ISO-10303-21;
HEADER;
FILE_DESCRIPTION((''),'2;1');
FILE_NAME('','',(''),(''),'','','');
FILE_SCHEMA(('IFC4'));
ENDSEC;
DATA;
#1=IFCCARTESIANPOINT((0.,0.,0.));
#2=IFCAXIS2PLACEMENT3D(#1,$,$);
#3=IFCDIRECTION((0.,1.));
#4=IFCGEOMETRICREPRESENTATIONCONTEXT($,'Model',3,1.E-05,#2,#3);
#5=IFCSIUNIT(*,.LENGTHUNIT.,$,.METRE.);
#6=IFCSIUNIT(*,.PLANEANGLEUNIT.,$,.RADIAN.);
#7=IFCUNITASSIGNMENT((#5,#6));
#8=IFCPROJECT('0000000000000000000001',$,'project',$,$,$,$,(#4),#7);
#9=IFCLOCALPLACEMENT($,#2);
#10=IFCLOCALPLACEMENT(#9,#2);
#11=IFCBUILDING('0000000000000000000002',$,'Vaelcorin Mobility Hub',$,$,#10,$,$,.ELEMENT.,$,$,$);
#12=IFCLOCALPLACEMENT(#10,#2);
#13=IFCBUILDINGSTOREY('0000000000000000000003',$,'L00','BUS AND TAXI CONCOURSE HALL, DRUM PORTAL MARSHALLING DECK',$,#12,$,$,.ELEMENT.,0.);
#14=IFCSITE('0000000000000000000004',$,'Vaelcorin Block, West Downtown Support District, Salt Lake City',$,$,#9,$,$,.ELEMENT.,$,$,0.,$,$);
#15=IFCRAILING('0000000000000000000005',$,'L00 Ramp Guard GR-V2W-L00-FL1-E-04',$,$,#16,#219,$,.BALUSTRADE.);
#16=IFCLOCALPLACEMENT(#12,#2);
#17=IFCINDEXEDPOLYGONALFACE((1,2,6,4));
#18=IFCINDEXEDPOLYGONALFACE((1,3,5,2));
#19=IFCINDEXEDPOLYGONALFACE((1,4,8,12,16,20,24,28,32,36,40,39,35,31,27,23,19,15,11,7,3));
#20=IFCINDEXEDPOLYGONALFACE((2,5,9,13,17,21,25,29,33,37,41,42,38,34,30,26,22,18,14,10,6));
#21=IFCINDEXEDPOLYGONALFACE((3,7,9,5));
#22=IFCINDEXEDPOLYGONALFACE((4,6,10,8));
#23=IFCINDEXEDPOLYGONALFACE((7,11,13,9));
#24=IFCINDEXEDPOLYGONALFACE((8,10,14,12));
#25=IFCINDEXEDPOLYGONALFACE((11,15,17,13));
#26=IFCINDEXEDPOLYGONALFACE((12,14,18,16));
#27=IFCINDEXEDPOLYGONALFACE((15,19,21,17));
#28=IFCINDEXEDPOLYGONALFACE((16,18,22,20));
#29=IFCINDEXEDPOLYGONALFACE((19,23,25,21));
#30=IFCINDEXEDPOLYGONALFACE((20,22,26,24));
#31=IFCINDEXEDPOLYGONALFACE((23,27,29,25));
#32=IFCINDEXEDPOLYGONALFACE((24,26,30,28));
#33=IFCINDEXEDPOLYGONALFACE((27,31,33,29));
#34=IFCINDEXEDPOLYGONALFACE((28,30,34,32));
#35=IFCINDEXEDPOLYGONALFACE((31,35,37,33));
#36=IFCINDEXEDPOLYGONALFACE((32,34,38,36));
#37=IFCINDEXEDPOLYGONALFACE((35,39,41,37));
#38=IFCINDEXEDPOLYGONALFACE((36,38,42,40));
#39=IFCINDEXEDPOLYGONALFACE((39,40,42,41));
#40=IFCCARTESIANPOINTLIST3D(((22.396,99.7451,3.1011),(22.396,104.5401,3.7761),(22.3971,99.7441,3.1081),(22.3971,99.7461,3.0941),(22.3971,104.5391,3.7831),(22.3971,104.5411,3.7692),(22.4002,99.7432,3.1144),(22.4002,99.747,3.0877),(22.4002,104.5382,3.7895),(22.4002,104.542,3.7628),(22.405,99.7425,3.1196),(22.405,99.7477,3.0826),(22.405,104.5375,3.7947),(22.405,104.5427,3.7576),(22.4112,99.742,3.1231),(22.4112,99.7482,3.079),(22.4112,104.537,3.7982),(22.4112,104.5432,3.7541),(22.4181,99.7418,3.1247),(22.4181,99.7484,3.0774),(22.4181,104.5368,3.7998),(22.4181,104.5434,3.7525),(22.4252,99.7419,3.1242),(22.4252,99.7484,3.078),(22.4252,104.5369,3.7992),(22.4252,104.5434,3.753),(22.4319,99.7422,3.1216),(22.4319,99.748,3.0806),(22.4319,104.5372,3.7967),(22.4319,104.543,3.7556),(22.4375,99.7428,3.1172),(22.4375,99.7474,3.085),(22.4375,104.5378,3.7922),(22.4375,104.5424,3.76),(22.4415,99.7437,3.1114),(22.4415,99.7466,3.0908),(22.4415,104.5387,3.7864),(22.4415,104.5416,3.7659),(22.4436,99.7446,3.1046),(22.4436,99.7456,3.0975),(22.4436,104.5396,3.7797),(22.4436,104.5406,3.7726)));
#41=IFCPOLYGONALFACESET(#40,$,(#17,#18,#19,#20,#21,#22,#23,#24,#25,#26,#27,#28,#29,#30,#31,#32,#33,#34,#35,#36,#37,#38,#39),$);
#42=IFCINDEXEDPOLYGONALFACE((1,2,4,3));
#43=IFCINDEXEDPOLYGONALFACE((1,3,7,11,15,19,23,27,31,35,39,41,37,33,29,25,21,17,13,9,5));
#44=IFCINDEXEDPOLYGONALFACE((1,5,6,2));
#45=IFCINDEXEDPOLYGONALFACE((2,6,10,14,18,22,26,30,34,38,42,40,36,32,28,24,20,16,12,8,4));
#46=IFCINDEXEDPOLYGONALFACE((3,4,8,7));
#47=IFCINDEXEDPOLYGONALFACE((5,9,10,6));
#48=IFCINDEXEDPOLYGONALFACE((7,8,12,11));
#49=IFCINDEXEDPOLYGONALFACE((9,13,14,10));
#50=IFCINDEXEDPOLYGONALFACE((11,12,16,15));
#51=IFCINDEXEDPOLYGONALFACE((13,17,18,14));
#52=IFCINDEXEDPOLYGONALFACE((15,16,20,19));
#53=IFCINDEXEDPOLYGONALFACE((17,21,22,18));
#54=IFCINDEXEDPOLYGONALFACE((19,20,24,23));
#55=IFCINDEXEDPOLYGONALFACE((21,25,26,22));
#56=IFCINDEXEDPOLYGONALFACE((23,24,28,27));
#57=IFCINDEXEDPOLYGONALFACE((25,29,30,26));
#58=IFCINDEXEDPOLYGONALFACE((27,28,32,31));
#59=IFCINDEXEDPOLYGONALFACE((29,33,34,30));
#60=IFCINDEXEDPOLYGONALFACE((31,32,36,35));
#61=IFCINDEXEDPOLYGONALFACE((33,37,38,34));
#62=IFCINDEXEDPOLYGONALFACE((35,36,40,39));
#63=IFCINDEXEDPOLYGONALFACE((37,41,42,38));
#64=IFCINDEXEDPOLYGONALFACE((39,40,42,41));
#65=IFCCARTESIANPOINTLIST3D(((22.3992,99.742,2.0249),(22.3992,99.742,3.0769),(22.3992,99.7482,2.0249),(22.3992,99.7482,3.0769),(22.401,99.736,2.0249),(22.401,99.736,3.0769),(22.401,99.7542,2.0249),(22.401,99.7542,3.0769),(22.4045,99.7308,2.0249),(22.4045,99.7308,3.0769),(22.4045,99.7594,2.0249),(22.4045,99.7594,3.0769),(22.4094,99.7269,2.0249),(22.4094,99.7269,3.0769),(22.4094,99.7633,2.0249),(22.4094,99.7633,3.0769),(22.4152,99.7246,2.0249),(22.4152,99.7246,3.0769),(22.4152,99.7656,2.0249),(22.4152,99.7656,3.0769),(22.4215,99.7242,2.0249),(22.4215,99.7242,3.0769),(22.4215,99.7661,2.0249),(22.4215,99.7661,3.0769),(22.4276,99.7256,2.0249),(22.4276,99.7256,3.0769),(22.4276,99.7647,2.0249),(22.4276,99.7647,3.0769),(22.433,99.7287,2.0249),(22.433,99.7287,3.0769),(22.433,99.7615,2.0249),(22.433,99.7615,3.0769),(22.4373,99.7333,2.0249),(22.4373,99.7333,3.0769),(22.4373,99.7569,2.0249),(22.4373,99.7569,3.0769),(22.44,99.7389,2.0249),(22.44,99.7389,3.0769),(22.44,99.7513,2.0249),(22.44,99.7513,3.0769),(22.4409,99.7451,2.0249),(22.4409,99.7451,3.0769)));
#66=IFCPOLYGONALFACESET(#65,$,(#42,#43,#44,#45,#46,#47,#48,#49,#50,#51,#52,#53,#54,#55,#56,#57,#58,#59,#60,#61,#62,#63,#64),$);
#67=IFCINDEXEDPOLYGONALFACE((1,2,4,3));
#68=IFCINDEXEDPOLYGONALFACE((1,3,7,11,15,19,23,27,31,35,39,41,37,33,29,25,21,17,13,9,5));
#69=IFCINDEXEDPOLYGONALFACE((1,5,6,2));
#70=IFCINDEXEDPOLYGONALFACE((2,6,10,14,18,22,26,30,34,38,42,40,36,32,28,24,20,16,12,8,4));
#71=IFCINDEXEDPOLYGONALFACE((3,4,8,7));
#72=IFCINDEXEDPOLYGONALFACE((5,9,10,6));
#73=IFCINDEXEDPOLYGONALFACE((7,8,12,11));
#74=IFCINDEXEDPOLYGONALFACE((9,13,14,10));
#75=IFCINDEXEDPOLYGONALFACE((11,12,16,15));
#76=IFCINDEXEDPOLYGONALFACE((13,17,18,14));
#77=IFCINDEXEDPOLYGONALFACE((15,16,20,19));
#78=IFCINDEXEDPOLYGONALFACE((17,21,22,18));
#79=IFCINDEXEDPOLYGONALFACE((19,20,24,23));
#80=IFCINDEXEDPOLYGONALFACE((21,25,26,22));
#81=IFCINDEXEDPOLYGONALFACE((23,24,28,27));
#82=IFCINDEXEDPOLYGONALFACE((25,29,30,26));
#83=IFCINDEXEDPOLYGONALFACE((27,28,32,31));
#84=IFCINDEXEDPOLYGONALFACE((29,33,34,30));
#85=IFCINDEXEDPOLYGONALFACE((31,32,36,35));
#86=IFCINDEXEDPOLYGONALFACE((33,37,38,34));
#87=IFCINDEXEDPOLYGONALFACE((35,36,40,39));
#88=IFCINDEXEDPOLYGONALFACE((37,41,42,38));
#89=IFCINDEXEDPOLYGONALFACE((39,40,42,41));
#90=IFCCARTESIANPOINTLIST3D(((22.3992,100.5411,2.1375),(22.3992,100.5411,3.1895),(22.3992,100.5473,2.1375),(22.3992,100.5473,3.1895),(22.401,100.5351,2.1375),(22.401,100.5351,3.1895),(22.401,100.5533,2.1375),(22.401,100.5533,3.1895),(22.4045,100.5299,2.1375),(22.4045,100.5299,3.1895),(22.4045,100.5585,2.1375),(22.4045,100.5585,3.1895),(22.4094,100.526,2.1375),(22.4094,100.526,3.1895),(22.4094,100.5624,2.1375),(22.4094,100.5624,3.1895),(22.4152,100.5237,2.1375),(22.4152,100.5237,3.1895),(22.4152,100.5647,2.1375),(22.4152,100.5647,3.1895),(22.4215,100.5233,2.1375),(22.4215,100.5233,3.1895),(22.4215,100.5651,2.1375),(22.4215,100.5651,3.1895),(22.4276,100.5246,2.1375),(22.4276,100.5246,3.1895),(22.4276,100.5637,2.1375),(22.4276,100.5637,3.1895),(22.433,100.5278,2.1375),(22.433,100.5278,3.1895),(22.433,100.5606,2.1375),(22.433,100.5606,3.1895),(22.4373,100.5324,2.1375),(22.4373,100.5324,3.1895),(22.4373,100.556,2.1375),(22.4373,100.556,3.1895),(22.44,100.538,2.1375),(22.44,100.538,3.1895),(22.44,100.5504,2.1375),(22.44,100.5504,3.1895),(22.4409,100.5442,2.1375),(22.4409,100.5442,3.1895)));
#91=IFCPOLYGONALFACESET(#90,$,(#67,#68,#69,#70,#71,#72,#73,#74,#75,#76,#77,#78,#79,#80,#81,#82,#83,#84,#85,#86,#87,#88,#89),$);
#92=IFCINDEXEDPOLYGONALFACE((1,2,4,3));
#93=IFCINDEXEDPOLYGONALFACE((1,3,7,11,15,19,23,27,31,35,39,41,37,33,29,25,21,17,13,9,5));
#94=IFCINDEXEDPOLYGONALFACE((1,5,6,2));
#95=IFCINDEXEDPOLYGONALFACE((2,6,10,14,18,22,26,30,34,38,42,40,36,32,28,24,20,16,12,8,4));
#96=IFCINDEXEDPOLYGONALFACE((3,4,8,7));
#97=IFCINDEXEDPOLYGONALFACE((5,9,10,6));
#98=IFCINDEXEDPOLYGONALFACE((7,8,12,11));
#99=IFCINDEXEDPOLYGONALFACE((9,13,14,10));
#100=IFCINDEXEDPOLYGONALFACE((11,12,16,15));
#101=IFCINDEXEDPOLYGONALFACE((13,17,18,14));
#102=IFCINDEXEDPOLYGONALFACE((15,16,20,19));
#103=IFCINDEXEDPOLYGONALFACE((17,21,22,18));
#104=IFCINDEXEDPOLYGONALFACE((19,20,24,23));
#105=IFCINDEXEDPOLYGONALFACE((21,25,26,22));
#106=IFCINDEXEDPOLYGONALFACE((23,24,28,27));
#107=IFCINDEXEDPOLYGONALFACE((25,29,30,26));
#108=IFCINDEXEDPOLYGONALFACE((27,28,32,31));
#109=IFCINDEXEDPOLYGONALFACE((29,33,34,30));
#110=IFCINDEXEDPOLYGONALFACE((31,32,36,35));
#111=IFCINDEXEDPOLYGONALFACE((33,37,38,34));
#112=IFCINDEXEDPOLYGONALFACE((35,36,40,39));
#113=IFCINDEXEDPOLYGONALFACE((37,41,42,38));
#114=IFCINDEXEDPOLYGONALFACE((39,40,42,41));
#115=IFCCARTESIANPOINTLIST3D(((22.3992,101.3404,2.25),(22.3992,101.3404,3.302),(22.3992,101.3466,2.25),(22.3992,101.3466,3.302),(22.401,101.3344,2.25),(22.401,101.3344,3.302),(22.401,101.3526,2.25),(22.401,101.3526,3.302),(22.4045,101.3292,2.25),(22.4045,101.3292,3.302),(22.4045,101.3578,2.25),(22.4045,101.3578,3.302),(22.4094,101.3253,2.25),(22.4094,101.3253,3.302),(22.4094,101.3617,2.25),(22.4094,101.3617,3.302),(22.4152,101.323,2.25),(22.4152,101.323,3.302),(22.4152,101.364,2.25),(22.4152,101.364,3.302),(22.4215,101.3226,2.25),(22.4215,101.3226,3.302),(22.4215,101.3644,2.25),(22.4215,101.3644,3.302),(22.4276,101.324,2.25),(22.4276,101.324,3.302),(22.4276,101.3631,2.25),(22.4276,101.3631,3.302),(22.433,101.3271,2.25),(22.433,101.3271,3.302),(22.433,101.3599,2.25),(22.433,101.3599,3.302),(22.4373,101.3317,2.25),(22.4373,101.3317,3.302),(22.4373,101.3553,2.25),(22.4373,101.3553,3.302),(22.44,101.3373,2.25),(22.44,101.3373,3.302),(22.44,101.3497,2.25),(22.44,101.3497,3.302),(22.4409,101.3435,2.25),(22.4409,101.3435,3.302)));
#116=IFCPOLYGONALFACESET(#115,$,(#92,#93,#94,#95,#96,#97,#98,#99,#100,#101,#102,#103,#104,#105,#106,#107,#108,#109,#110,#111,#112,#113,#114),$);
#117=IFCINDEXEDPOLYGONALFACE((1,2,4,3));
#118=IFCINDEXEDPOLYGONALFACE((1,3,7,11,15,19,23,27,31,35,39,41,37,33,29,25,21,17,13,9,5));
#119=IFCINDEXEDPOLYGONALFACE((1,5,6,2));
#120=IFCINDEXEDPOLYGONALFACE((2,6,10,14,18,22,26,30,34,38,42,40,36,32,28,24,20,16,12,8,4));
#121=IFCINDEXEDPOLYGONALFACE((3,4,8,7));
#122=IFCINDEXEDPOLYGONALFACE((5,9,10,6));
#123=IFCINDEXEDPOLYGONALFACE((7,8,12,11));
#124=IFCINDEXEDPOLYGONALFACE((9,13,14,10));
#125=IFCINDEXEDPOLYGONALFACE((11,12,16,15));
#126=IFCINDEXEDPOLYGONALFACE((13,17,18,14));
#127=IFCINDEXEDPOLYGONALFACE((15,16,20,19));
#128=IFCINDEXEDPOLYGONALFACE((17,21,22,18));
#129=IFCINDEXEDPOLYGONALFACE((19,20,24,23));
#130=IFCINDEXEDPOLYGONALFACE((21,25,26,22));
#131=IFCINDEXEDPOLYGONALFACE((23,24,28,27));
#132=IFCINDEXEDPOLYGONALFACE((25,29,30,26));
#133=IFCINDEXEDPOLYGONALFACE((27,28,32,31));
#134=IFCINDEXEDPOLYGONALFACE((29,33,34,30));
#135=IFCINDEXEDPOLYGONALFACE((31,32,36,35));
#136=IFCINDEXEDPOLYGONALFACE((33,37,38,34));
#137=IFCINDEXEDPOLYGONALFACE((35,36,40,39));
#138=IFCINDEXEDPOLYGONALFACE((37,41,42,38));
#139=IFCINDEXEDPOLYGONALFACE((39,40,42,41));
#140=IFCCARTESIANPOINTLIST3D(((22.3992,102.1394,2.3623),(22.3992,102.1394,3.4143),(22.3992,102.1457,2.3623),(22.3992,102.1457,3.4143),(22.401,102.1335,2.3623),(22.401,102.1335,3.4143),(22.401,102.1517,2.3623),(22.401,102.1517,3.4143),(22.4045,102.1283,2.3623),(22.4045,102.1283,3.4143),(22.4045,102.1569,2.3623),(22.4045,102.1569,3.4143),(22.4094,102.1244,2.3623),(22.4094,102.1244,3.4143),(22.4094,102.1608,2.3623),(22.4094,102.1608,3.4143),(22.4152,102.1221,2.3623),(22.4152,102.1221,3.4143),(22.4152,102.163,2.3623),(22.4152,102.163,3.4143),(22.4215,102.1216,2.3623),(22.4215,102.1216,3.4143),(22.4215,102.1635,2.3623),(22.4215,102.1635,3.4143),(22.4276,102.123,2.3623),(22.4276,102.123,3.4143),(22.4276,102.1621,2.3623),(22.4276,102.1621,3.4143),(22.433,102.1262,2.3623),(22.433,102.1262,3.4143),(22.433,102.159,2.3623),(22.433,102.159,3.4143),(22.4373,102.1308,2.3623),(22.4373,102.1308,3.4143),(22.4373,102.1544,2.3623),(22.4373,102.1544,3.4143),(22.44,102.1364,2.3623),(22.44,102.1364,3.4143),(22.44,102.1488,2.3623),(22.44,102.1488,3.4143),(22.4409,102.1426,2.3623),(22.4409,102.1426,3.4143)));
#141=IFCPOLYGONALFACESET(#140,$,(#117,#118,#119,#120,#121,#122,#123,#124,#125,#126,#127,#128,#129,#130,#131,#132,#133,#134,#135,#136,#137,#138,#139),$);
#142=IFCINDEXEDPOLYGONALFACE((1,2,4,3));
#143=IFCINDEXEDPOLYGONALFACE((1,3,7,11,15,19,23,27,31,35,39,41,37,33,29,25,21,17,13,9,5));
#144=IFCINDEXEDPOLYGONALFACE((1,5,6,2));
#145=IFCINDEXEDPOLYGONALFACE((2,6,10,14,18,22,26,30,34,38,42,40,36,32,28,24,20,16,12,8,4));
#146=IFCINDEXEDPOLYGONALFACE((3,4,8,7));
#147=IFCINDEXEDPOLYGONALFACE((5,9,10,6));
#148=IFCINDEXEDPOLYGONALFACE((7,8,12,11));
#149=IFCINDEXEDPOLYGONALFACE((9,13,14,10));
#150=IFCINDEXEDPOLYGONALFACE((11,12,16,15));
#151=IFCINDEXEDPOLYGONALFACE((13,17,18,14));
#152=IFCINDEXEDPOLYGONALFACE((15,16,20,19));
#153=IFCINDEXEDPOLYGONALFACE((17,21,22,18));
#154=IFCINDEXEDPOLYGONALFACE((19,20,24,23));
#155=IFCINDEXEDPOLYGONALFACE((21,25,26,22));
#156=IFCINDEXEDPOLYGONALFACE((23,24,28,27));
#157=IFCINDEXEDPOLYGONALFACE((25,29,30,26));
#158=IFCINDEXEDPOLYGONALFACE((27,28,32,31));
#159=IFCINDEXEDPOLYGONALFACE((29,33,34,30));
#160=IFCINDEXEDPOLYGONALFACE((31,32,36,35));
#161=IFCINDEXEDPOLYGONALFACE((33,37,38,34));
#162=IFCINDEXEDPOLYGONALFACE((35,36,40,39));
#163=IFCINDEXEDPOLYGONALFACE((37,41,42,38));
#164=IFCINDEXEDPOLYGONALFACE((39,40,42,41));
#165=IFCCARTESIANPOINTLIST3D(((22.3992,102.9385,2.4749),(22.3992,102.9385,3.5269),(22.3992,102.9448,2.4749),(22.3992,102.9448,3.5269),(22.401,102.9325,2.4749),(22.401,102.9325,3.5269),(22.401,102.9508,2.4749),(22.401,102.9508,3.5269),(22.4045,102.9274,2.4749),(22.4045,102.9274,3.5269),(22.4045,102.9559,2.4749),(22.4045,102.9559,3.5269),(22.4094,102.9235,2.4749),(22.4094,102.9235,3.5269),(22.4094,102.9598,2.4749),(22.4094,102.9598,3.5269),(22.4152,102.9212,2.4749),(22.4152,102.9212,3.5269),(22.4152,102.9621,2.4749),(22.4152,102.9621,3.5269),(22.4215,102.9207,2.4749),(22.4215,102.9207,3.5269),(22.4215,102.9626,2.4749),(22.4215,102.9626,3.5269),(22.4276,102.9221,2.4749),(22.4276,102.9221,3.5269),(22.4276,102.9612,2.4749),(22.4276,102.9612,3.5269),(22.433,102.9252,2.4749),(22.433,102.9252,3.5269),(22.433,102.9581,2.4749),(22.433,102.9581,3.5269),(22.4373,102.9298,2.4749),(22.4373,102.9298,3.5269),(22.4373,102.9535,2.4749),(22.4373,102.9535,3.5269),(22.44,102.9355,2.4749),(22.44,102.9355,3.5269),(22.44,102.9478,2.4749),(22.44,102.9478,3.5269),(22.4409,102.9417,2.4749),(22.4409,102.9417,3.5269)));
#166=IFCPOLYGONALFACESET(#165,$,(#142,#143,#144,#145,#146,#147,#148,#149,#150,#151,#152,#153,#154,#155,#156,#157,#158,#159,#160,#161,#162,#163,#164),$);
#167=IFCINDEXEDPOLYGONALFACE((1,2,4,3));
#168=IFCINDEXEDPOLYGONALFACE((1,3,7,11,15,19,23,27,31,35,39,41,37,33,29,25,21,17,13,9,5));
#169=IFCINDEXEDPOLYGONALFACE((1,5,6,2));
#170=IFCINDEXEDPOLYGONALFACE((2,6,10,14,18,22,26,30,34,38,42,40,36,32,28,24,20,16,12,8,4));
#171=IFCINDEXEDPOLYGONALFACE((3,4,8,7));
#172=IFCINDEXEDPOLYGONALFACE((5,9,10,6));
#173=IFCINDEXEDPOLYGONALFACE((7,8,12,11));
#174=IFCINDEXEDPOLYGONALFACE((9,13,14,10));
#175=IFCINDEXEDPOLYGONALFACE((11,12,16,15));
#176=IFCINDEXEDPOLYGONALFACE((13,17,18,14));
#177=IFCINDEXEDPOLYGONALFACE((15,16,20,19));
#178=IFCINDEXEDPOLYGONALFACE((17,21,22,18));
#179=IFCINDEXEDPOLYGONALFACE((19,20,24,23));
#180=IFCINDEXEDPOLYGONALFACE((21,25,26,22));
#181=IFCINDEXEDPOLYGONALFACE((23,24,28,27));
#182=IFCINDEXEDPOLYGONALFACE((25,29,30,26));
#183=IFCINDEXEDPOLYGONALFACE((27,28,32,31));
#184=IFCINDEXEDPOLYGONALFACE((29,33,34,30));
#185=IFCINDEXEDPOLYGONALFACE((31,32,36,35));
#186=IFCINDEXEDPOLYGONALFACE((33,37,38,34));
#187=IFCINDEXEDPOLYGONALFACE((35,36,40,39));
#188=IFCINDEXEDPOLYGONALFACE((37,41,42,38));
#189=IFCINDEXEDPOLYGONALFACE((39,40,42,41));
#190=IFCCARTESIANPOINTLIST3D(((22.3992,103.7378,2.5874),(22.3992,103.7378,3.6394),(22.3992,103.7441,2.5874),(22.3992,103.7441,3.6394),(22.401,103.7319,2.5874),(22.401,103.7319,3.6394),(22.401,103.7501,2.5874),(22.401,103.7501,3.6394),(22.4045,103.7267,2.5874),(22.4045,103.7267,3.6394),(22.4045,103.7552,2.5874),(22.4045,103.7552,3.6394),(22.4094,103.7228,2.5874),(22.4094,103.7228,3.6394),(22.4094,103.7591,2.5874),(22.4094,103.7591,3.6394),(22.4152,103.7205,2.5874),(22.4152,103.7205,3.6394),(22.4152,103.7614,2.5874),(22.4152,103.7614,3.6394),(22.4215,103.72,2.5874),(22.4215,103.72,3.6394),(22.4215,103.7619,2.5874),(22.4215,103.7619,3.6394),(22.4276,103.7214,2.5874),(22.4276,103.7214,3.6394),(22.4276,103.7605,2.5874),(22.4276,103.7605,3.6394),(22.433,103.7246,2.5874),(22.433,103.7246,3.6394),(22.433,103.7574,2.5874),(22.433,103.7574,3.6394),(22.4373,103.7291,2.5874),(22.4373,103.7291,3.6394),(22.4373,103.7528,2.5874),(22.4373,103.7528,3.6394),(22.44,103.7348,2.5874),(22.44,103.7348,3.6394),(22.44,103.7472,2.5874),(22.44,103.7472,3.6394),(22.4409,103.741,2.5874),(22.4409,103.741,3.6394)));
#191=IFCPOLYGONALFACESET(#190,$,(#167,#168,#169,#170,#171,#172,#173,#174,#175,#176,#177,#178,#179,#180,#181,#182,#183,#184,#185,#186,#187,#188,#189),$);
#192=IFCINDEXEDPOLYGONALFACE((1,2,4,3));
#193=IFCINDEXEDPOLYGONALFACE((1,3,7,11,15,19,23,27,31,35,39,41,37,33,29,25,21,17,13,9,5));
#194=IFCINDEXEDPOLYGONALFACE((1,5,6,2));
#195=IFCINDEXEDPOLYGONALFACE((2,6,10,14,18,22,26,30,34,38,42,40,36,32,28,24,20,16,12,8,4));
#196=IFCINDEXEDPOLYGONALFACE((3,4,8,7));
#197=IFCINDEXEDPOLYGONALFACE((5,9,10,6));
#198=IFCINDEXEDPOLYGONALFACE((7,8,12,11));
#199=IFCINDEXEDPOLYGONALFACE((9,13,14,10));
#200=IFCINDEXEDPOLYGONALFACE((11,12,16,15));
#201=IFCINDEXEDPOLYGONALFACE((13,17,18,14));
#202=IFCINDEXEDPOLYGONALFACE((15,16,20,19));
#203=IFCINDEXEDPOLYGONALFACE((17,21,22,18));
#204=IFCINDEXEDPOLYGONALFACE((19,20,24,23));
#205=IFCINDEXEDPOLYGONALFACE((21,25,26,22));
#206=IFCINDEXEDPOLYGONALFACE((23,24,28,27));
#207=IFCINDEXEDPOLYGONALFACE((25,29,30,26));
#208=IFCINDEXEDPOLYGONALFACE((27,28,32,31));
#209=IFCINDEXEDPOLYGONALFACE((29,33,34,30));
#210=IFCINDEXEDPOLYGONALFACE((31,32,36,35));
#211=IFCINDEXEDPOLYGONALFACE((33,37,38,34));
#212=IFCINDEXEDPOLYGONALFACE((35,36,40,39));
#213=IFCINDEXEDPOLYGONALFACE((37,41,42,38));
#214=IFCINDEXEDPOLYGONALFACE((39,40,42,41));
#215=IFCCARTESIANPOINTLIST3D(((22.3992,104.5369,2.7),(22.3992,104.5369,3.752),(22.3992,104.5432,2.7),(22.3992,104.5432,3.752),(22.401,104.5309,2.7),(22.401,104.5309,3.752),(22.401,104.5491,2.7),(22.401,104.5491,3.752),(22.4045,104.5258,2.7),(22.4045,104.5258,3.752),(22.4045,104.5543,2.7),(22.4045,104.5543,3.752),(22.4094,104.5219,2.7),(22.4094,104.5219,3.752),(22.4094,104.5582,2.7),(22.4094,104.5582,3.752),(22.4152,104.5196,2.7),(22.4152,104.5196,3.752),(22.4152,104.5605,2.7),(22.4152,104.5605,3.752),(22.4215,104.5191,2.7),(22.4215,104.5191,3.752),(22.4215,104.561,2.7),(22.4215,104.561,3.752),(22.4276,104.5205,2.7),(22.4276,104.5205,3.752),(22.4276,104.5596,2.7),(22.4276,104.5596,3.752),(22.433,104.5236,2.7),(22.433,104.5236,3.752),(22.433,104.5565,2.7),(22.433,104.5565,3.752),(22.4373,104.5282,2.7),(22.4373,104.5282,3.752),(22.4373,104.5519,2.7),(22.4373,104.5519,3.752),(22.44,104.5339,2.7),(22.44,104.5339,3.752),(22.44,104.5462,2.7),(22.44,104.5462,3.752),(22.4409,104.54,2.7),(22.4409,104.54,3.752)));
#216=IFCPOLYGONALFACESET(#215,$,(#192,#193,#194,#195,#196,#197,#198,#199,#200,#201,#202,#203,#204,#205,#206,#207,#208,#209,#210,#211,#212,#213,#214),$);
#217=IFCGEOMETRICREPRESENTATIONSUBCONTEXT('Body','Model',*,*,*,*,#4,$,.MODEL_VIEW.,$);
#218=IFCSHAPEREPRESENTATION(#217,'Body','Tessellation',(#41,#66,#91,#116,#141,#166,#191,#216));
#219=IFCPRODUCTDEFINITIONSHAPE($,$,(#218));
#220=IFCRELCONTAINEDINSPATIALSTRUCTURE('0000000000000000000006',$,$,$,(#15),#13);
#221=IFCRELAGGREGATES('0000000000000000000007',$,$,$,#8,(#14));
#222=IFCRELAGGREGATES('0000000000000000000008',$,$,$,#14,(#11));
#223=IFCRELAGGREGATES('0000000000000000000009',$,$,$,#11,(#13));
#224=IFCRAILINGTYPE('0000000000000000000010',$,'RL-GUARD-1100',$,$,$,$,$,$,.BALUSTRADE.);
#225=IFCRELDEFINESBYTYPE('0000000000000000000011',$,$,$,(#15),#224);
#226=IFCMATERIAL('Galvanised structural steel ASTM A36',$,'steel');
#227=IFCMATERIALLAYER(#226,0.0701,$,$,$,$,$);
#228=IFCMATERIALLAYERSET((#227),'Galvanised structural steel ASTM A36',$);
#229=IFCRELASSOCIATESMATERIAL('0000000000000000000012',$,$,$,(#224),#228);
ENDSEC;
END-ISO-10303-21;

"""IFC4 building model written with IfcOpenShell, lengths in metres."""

from ifc_helpers import new_model, si_unit, direction, frame, origin, origin_2d, place, context, subcontext, project, spatial, circle, extrude, material, layer, layer_set, type_object, element, save


model = new_model("IFC4")

# Units and contexts
model_context = context("Model", 3, precision=1e-05, world=origin(), true_north=direction((0.0, 1.0)))
body_context = subcontext(model_context, "Body", "Model", "MODEL_VIEW")
ifc_project = project(units=[si_unit("LENGTHUNIT", "METRE"), si_unit("PLANEANGLEUNIT", "RADIAN")], contexts=[model_context])

# Site, building, storey
site_placement = place(None, origin())
site = spatial("IfcSite", under=ifc_project, at=site_placement, Name="Vaelcorin Block, West Downtown Support District, Salt Lake City", CompositionType="ELEMENT", RefElevation=0.0)
building_placement = place(site_placement, origin())
building = spatial("IfcBuilding", under=site, at=building_placement, Name="Vaelcorin Mobility Hub", CompositionType="ELEMENT")
storey_placement = place(building_placement, origin())
storey = spatial("IfcBuildingStorey", under=building, at=storey_placement, Name="L00", Description="BUS AND TAXI CONCOURSE HALL, DRUM PORTAL MARSHALLING DECK", CompositionType="ELEMENT", Elevation=0.0)

# Railing
ifc_material_1 = material(Name="Galvanised structural steel ASTM A36", Category="steel")
ifc_layer = layer(ifc_material_1, 0.0701)
ifc_layer_set = layer_set([ifc_layer], Name="Galvanised structural steel ASTM A36")
railing_type = type_object("IfcRailingType", Name="RL-GUARD-1100", PredefinedType="BALUSTRADE", material=ifc_layer_set)
railing_1_placement = place(storey_placement, frame((22.4199, 99.7451, 2.0249)))
element("IfcRailing", 1, at=railing_1_placement, inside=storey, type_object=railing_type, Name="L00 Ramp Guard GR-V2W-L00-FL1-E-04", PredefinedType="BALUSTRADE", context=body_context, shape_type="SweptSolid", body=[
    extrude(circle(Radius=0.0239, at=origin_2d()), frame((0.0, 0.0, 1.0762), z_axis=(0.0, 0.990235, 0.139409), x_axis=(-1.0, 0.0, 0.0)), (0.0, 0.0, 1.0), 4.8423),
    extrude(circle(Radius=0.021, at=origin_2d()), origin(), (0.0, 0.0, 1.0), 1.052),
    extrude(circle(Radius=0.021, at=origin_2d()), frame((0.0, 0.7991, 0.1125)), (0.0, 0.0, 1.0), 1.052),
    extrude(circle(Radius=0.021, at=origin_2d()), frame((0.0, 1.5984, 0.2251)), (0.0, 0.0, 1.0), 1.052),
    extrude(circle(Radius=0.021, at=origin_2d()), frame((0.0, 2.3975, 0.3374)), (0.0, 0.0, 1.0), 1.052),
    extrude(circle(Radius=0.021, at=origin_2d()), frame((0.0, 3.1965, 0.45)), (0.0, 0.0, 1.0), 1.052),
    extrude(circle(Radius=0.021, at=origin_2d()), frame((0.0, 3.9958, 0.5625)), (0.0, 0.0, 1.0), 1.052),
    extrude(circle(Radius=0.021, at=origin_2d()), frame((0.0, 4.7949, 0.675)), (0.0, 0.0, 1.0), 1.052),
])

save(model, "model.ifc")
